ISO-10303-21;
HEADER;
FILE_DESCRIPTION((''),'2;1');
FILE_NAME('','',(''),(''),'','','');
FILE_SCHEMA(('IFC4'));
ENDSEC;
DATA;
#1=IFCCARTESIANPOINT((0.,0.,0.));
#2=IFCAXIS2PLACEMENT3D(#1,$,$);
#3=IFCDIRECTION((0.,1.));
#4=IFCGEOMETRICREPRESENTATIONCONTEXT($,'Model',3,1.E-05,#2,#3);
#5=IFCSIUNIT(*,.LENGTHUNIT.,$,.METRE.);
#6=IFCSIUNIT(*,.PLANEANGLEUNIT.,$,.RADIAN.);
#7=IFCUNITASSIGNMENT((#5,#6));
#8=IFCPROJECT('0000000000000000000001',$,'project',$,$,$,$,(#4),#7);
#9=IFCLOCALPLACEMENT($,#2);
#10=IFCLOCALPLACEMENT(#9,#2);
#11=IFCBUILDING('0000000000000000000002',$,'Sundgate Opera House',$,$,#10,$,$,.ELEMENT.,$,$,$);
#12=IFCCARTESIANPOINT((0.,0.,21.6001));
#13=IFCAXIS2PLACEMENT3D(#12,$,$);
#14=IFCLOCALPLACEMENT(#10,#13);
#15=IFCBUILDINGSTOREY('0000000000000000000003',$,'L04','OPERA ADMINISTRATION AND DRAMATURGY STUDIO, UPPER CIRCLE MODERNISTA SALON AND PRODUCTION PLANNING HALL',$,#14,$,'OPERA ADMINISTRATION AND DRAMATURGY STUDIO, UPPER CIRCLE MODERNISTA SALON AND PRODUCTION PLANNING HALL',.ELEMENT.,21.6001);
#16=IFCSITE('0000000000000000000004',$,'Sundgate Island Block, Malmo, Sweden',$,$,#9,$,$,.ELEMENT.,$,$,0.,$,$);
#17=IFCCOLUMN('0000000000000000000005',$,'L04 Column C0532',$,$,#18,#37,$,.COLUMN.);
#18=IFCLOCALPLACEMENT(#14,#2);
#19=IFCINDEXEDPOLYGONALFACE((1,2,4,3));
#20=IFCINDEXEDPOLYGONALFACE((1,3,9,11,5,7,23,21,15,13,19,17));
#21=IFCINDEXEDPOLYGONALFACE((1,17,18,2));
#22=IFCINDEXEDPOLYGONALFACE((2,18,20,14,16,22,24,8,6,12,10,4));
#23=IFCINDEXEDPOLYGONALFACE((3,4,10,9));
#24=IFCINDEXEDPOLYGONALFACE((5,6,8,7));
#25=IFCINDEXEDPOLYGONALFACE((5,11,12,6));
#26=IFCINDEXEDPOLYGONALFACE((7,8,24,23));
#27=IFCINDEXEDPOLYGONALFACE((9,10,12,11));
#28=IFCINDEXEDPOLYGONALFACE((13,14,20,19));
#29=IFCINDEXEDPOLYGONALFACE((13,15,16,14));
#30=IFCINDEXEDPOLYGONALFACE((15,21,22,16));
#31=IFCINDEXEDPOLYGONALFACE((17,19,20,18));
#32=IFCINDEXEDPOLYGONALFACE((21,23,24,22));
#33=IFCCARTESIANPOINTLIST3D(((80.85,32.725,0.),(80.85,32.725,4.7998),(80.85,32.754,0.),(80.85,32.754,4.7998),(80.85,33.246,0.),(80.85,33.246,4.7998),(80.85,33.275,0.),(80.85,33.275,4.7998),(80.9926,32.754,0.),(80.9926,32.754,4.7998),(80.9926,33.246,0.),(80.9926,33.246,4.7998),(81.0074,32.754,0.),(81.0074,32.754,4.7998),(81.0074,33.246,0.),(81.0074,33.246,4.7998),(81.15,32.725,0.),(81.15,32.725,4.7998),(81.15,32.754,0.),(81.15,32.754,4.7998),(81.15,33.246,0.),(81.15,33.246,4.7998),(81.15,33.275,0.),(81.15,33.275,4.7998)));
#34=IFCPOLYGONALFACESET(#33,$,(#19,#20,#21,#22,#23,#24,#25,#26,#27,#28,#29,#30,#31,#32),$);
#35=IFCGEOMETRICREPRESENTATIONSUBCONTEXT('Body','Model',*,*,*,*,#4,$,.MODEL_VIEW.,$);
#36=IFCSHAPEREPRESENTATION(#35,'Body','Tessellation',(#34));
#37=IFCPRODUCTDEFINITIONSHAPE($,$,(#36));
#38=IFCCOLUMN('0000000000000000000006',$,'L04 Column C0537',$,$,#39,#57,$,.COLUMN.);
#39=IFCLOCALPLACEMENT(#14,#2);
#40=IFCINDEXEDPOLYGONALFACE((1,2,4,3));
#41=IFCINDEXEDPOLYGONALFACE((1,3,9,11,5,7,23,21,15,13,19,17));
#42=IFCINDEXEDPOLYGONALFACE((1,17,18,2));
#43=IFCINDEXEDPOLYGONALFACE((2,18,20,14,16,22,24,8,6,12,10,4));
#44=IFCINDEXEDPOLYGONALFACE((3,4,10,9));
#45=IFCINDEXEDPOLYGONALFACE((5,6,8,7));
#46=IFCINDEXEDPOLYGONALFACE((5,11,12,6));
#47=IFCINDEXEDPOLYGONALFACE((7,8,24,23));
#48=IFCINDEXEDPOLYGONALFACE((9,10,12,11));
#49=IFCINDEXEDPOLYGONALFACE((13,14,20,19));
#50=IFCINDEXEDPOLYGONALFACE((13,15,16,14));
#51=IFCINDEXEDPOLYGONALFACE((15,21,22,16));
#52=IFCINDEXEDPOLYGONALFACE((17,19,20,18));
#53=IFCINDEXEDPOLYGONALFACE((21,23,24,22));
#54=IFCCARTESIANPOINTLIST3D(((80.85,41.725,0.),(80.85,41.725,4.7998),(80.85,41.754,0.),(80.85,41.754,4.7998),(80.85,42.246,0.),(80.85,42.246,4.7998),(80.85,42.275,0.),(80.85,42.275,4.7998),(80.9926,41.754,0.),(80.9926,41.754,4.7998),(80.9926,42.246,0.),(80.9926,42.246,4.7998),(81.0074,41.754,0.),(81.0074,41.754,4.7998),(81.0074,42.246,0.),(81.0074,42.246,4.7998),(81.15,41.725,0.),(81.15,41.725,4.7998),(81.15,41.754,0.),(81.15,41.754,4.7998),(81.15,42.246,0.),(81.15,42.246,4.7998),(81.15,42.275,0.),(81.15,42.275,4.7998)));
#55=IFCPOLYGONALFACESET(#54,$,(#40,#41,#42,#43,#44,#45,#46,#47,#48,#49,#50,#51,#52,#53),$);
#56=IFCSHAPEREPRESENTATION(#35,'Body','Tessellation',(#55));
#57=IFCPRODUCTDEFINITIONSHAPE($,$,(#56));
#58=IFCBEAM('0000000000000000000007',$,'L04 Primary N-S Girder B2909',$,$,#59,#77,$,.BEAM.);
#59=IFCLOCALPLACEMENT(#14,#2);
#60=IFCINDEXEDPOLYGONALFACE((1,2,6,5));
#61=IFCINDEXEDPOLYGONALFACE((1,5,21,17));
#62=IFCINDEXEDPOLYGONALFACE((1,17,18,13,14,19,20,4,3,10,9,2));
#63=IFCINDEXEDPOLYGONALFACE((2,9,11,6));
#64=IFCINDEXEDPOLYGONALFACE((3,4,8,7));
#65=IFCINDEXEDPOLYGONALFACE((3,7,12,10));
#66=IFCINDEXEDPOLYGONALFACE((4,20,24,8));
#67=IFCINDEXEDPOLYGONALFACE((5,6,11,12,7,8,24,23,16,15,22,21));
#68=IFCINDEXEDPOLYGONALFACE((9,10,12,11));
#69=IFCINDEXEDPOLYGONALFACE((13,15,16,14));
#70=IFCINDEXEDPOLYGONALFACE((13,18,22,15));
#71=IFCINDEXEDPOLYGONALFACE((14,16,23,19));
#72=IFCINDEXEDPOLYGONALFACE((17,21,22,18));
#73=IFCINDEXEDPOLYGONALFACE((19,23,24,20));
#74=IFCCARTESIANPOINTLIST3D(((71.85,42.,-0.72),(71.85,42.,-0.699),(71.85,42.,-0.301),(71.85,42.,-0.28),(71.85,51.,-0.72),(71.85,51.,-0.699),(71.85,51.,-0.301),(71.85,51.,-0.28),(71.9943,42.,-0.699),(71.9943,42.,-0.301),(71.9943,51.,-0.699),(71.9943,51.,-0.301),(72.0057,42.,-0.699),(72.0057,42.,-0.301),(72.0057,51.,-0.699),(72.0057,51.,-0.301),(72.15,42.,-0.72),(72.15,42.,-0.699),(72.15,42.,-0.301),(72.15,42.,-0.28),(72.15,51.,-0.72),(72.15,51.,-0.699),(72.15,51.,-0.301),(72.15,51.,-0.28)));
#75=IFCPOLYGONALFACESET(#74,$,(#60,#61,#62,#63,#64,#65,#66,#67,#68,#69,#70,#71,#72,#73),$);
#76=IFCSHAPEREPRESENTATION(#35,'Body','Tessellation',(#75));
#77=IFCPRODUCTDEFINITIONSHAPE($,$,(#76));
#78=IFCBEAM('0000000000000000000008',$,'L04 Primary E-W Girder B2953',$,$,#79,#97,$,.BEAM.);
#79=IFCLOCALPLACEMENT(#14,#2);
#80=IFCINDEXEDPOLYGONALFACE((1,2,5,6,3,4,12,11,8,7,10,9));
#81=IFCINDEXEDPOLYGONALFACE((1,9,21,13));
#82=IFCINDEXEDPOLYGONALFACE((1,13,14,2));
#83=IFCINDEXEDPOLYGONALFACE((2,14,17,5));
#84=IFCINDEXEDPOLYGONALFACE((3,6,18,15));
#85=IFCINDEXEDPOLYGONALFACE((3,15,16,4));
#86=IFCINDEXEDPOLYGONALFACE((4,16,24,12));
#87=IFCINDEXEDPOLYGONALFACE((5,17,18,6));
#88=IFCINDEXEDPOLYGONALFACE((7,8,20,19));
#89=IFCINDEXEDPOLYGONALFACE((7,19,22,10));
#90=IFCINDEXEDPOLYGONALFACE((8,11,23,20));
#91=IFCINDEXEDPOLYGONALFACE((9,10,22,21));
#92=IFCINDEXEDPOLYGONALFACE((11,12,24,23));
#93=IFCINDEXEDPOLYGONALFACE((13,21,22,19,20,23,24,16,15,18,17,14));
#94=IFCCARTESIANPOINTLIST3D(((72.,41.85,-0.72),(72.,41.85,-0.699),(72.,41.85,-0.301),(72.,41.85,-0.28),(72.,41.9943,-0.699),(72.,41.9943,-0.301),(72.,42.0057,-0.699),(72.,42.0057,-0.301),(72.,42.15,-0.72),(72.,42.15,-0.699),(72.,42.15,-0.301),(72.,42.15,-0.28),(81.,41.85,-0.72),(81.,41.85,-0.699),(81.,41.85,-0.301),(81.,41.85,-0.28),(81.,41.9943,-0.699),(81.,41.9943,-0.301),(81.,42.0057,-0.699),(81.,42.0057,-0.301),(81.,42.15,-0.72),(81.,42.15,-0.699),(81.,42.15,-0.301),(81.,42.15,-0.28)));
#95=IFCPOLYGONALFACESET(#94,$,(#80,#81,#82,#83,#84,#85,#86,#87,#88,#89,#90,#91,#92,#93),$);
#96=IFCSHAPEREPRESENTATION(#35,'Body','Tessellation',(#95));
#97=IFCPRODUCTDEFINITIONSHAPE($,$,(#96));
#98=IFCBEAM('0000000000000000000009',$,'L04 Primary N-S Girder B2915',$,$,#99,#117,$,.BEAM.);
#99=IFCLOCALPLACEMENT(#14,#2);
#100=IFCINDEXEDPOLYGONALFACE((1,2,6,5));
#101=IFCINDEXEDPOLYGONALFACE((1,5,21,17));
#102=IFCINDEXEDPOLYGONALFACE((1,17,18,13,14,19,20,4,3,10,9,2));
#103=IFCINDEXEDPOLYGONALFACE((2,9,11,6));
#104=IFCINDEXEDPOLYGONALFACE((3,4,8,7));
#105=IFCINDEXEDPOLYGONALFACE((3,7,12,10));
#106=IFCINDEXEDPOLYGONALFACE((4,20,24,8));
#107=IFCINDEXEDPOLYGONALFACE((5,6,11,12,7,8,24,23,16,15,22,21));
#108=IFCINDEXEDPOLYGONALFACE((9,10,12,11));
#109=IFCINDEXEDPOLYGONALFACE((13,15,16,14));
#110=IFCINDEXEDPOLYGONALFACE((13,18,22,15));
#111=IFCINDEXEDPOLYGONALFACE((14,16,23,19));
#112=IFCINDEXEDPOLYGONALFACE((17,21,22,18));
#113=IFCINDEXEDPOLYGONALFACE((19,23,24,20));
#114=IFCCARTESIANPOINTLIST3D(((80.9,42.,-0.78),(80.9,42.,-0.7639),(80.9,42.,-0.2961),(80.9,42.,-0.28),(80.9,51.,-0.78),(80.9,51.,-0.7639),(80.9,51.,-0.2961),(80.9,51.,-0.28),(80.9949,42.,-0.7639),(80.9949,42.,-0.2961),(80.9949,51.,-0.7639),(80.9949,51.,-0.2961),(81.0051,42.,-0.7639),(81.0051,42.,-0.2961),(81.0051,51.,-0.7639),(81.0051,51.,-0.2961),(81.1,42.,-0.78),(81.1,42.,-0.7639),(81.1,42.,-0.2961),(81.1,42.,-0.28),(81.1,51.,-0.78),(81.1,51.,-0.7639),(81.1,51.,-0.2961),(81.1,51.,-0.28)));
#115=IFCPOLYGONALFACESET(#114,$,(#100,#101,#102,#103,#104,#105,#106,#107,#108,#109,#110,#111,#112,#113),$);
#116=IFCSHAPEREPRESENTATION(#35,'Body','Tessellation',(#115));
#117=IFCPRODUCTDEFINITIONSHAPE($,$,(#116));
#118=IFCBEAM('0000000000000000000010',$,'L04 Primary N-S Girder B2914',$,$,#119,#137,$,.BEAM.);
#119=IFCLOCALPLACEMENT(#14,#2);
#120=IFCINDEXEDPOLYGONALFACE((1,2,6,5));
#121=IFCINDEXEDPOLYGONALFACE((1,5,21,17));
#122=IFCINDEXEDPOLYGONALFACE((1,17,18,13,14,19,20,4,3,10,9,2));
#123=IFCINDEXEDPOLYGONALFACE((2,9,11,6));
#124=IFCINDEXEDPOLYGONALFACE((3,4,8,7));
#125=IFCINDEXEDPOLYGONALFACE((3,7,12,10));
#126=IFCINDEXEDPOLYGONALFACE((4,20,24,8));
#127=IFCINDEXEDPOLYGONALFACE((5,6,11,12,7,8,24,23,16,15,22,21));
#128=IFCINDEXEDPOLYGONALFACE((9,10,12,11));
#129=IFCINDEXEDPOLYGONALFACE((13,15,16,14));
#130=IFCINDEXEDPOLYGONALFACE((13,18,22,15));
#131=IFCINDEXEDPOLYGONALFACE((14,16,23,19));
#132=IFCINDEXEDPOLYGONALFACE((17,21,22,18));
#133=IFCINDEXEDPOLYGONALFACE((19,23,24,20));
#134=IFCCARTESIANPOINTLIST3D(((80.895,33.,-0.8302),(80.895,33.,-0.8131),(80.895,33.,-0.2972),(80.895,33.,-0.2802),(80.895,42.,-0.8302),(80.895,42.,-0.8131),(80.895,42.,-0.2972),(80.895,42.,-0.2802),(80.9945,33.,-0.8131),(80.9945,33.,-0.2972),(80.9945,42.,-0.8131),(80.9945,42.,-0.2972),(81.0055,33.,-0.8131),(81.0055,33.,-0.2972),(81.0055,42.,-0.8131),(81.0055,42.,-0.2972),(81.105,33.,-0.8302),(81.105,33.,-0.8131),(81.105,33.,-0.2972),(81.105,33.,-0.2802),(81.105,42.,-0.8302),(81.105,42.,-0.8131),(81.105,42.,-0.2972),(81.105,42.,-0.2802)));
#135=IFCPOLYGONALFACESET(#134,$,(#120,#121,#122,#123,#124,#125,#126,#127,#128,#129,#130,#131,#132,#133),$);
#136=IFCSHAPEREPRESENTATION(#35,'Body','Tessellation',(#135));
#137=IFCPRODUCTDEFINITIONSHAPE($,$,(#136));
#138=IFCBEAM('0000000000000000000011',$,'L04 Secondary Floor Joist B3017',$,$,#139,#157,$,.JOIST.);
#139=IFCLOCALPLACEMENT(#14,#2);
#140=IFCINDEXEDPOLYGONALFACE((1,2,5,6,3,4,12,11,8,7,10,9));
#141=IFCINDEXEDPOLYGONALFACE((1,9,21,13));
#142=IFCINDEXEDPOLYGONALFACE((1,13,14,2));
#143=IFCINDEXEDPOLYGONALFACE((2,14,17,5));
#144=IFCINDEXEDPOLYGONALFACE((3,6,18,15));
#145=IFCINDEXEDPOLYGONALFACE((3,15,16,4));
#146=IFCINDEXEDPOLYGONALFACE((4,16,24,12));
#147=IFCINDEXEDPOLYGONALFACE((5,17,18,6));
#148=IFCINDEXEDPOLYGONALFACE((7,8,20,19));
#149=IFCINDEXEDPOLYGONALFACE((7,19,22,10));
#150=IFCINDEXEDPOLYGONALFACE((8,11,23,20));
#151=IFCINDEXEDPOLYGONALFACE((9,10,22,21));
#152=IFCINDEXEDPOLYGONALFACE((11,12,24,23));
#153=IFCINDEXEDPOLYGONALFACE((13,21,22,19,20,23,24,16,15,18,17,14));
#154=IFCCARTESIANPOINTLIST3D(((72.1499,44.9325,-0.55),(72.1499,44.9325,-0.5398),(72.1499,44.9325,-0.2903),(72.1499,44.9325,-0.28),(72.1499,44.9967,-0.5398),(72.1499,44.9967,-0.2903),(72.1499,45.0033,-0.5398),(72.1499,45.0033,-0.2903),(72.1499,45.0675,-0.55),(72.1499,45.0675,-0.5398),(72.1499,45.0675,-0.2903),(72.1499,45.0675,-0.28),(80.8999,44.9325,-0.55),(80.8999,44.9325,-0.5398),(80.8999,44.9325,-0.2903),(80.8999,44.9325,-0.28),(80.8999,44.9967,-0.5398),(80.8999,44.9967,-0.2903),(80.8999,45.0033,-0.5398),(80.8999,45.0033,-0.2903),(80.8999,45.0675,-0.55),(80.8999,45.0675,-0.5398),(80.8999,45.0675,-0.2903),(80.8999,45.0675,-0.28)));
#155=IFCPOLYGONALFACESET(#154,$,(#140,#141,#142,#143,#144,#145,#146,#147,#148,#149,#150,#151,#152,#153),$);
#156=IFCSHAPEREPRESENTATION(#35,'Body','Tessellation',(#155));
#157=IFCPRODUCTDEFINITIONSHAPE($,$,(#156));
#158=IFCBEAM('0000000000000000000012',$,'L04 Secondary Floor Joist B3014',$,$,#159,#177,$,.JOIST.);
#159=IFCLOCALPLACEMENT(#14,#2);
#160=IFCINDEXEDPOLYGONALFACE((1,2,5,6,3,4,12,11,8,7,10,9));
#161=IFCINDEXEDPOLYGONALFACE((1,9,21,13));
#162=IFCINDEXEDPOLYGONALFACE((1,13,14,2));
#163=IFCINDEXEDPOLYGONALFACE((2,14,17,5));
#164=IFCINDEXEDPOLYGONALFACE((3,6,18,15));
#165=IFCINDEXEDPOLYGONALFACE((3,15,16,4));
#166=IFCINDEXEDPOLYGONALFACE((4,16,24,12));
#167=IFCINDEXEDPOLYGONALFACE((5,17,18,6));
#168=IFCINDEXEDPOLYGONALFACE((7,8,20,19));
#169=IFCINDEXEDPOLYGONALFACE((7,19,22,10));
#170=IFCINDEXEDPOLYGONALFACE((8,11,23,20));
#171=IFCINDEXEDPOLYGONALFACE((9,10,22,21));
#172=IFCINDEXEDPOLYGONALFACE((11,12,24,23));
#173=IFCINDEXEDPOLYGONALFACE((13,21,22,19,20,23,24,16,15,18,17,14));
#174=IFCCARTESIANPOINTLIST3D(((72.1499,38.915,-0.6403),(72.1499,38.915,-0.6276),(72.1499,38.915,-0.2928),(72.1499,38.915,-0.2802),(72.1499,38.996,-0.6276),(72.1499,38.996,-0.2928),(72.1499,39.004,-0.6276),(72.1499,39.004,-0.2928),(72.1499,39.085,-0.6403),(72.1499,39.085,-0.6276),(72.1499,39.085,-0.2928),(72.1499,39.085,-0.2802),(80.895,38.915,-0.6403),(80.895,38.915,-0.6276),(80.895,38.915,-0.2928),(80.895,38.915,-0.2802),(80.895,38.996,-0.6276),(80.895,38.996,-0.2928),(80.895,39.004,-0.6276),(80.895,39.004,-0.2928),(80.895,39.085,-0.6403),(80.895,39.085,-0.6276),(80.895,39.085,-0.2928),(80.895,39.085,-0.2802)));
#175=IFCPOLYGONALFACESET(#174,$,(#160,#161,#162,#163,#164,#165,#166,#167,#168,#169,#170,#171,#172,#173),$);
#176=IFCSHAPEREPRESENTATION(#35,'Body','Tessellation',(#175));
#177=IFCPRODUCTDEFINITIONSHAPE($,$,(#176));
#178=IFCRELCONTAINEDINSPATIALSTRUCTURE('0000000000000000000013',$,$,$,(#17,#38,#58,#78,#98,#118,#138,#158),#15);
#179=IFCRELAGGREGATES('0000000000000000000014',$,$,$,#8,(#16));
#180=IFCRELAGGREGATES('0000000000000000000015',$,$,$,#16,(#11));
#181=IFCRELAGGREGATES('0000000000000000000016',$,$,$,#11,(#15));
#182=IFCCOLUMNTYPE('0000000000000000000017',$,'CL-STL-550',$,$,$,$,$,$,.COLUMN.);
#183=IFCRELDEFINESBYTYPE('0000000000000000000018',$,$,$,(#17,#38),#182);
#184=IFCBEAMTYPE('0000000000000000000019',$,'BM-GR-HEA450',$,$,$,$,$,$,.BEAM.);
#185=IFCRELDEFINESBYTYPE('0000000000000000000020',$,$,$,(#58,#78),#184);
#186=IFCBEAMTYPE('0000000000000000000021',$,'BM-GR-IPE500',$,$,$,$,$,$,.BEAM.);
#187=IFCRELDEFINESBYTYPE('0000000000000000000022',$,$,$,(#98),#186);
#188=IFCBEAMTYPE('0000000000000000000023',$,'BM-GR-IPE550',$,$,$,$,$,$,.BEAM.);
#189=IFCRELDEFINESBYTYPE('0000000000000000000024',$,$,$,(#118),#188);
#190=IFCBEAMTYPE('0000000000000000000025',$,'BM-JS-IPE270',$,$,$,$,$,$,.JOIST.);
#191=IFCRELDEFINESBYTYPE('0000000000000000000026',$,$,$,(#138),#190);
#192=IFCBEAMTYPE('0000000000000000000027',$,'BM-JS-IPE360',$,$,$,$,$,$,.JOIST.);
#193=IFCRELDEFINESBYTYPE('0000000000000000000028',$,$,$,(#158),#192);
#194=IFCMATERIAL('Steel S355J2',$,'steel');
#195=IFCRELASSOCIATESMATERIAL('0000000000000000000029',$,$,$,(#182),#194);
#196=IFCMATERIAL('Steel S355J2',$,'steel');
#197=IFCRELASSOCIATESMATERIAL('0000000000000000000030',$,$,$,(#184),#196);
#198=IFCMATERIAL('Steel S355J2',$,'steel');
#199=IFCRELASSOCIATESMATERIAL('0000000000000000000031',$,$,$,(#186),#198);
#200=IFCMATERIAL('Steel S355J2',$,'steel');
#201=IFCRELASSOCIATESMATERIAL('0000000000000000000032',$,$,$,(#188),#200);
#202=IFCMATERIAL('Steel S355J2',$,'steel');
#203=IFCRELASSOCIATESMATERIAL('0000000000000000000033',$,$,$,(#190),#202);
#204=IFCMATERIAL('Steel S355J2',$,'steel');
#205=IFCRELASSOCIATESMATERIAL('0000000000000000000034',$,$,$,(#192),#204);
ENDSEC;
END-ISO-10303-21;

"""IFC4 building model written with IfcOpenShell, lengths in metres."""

from ifc_helpers import new_model, si_unit, direction, frame, origin, origin_2d, place, context, subcontext, project, spatial, i_section, extrude, material, material_profile, profile_set, type_object, element, save


model = new_model("IFC4")

# Units and contexts
model_context = context("Model", 3, precision=1e-05, world=origin(), true_north=direction((0.0, 1.0)))
body_context = subcontext(model_context, "Body", "Model", "MODEL_VIEW")
ifc_project = project(units=[si_unit("LENGTHUNIT", "METRE"), si_unit("PLANEANGLEUNIT", "RADIAN")], contexts=[model_context])

# Site, building, storey
site_placement = place(None, origin())
site = spatial("IfcSite", under=ifc_project, at=site_placement, Name="Sundgate Island Block, Malmo, Sweden", CompositionType="ELEMENT", RefElevation=0.0)
building_placement = place(site_placement, origin())
building = spatial("IfcBuilding", under=site, at=building_placement, Name="Sundgate Opera House", CompositionType="ELEMENT")
storey_placement = place(building_placement, frame((0.0, 0.0, 21.6001)))
storey = spatial("IfcBuildingStorey", under=building, at=storey_placement, Name="L04", Description="OPERA ADMINISTRATION AND DRAMATURGY STUDIO, UPPER CIRCLE MODERNISTA SALON AND PRODUCTION PLANNING HALL", LongName="OPERA ADMINISTRATION AND DRAMATURGY STUDIO, UPPER CIRCLE MODERNISTA SALON AND PRODUCTION PLANNING HALL", CompositionType="ELEMENT", Elevation=21.6001)

# Columns
ifc_material_1 = material(Name="Steel S355J2", Category="steel")
ifc_material_profile_1 = material_profile(ifc_material_1, i_section(OverallWidth=0.3, OverallDepth=0.55, WebThickness=0.0149, FlangeThickness=0.0291, at=origin_2d()), Name="HEB 550")
ifc_profile_set_1 = profile_set([ifc_material_profile_1], Name="Steel S355J2")
column_type = type_object("IfcColumnType", Name="CL-STL-550", PredefinedType="COLUMN", material=ifc_profile_set_1)
for number, where, z_axis, x_axis, name in (
    (1, (81.0, 33.0, 0.0), (0.0, 0.0, 1.0), (1.0, 0.0, 0.0), "L04 Column C0532"),
    (2, (81.0, 42.0, 0.0), (0.0, 0.0, 1.0), (1.0, 0.0, 0.0), "L04 Column C0537"),
):
    element("IfcColumn", number, at=place(storey_placement, frame(where, z_axis=z_axis, x_axis=x_axis)), inside=storey, type_object=column_type, Name=name, PredefinedType="COLUMN", context=body_context, shape_type="SweptSolid", body=[
        extrude(i_section(OverallWidth=0.3, OverallDepth=0.55, WebThickness=0.0149, FlangeThickness=0.0291, at=origin_2d()), origin(), (0.0, 0.0, 1.0), 4.7998),
    ])

# Beams
ifc_material_2 = material(Name="Steel S355J2", Category="steel")
ifc_material_profile_2 = material_profile(ifc_material_2, i_section(OverallWidth=0.3, OverallDepth=0.4399, WebThickness=0.0115, FlangeThickness=0.021, at=origin_2d()), Name="HEA 450")
ifc_profile_set_2 = profile_set([ifc_material_profile_2], Name="Steel S355J2")
beam_type_1 = type_object("IfcBeamType", Name="BM-GR-HEA450", PredefinedType="BEAM", material=ifc_profile_set_2)
for number, where, z_axis, x_axis, name in (
    (3, (72.0, 42.0, -0.5), (0.0, 1.0, 0.0), (-1.0, 0.0, 0.0), "L04 Primary N-S Girder B2909"),
    (4, (72.0, 42.0, -0.5), (1.0, 0.0, 0.0), (0.0, 1.0, 0.0), "L04 Primary E-W Girder B2953"),
):
    element("IfcBeam", number, at=place(storey_placement, frame(where, z_axis=z_axis, x_axis=x_axis)), inside=storey, type_object=beam_type_1, Name=name, PredefinedType="BEAM", context=body_context, shape_type="SweptSolid", body=[
        extrude(i_section(OverallWidth=0.3, OverallDepth=0.4399, WebThickness=0.0115, FlangeThickness=0.021, at=origin_2d()), origin(), (0.0, 0.0, 1.0), 9.0),
    ])
ifc_material_3 = material(Name="Steel S355J2", Category="steel")
ifc_material_profile_3 = material_profile(ifc_material_3, i_section(OverallWidth=0.2, OverallDepth=0.5, WebThickness=0.0103, FlangeThickness=0.0161, at=origin_2d()), Name="IPE 500")
ifc_profile_set_3 = profile_set([ifc_material_profile_3], Name="Steel S355J2")
beam_type_2 = type_object("IfcBeamType", Name="BM-GR-IPE500", PredefinedType="BEAM", material=ifc_profile_set_3)
beam_1_placement = place(storey_placement, frame((81.0, 42.0, -0.53), z_axis=(0.0, 1.0, 0.0), x_axis=(-1.0, 0.0, 0.0)))
element("IfcBeam", 5, at=beam_1_placement, inside=storey, type_object=beam_type_2, Name="L04 Primary N-S Girder B2915", PredefinedType="BEAM", context=body_context, shape_type="SweptSolid", body=[
    extrude(i_section(OverallWidth=0.2, OverallDepth=0.5, WebThickness=0.0103, FlangeThickness=0.0161, at=origin_2d()), origin(), (0.0, 0.0, 1.0), 9.0),
])
ifc_material_4 = material(Name="Steel S355J2", Category="steel")
ifc_material_profile_4 = material_profile(ifc_material_4, i_section(OverallWidth=0.21, OverallDepth=0.55, WebThickness=0.011, FlangeThickness=0.0171, at=origin_2d()), Name="IPE 550")
ifc_profile_set_4 = profile_set([ifc_material_profile_4], Name="Steel S355J2")
beam_type_3 = type_object("IfcBeamType", Name="BM-GR-IPE550", PredefinedType="BEAM", material=ifc_profile_set_4)
beam_2_placement = place(storey_placement, frame((81.0, 33.0, -0.5552), z_axis=(0.0, 1.0, 0.0), x_axis=(-1.0, 0.0, 0.0)))
element("IfcBeam", 6, at=beam_2_placement, inside=storey, type_object=beam_type_3, Name="L04 Primary N-S Girder B2914", PredefinedType="BEAM", context=body_context, shape_type="SweptSolid", body=[
    extrude(i_section(OverallWidth=0.21, OverallDepth=0.55, WebThickness=0.011, FlangeThickness=0.0171, at=origin_2d()), origin(), (0.0, 0.0, 1.0), 9.0),
])
ifc_material_5 = material(Name="Steel S355J2", Category="steel")
ifc_material_profile_5 = material_profile(ifc_material_5, i_section(OverallWidth=0.135, OverallDepth=0.27, WebThickness=0.0066, FlangeThickness=0.0103, at=origin_2d()), Name="IPE 270")
ifc_profile_set_5 = profile_set([ifc_material_profile_5], Name="Steel S355J2")
beam_type_4 = type_object("IfcBeamType", Name="BM-JS-IPE270", PredefinedType="JOIST", material=ifc_profile_set_5)
beam_3_placement = place(storey_placement, frame((72.1499, 45.0, -0.415), z_axis=(1.0, 0.0, 0.0), x_axis=(0.0, 1.0, 0.0)))
element("IfcBeam", 7, at=beam_3_placement, inside=storey, type_object=beam_type_4, Name="L04 Secondary Floor Joist B3017", PredefinedType="JOIST", context=body_context, shape_type="SweptSolid", body=[
    extrude(i_section(OverallWidth=0.135, OverallDepth=0.27, WebThickness=0.0066, FlangeThickness=0.0103, at=origin_2d()), origin(), (0.0, 0.0, 1.0), 8.75),
])
ifc_material_6 = material(Name="Steel S355J2", Category="steel")
ifc_material_profile_6 = material_profile(ifc_material_6, i_section(OverallWidth=0.1699, OverallDepth=0.3601, WebThickness=0.0081, FlangeThickness=0.0127, at=origin_2d()), Name="IPE 360")
ifc_profile_set_6 = profile_set([ifc_material_profile_6], Name="Steel S355J2")
beam_type_5 = type_object("IfcBeamType", Name="BM-JS-IPE360", PredefinedType="JOIST", material=ifc_profile_set_6)
beam_4_placement = place(storey_placement, frame((72.1499, 39.0, -0.4602), z_axis=(1.0, 0.0, 0.0), x_axis=(0.0, 1.0, 0.0)))
element("IfcBeam", 8, at=beam_4_placement, inside=storey, type_object=beam_type_5, Name="L04 Secondary Floor Joist B3014", PredefinedType="JOIST", context=body_context, shape_type="SweptSolid", body=[
    extrude(i_section(OverallWidth=0.1699, OverallDepth=0.3601, WebThickness=0.0081, FlangeThickness=0.0127, at=origin_2d()), origin(), (0.0, 0.0, 1.0), 8.7451),
])

save(model, "model.ifc")
